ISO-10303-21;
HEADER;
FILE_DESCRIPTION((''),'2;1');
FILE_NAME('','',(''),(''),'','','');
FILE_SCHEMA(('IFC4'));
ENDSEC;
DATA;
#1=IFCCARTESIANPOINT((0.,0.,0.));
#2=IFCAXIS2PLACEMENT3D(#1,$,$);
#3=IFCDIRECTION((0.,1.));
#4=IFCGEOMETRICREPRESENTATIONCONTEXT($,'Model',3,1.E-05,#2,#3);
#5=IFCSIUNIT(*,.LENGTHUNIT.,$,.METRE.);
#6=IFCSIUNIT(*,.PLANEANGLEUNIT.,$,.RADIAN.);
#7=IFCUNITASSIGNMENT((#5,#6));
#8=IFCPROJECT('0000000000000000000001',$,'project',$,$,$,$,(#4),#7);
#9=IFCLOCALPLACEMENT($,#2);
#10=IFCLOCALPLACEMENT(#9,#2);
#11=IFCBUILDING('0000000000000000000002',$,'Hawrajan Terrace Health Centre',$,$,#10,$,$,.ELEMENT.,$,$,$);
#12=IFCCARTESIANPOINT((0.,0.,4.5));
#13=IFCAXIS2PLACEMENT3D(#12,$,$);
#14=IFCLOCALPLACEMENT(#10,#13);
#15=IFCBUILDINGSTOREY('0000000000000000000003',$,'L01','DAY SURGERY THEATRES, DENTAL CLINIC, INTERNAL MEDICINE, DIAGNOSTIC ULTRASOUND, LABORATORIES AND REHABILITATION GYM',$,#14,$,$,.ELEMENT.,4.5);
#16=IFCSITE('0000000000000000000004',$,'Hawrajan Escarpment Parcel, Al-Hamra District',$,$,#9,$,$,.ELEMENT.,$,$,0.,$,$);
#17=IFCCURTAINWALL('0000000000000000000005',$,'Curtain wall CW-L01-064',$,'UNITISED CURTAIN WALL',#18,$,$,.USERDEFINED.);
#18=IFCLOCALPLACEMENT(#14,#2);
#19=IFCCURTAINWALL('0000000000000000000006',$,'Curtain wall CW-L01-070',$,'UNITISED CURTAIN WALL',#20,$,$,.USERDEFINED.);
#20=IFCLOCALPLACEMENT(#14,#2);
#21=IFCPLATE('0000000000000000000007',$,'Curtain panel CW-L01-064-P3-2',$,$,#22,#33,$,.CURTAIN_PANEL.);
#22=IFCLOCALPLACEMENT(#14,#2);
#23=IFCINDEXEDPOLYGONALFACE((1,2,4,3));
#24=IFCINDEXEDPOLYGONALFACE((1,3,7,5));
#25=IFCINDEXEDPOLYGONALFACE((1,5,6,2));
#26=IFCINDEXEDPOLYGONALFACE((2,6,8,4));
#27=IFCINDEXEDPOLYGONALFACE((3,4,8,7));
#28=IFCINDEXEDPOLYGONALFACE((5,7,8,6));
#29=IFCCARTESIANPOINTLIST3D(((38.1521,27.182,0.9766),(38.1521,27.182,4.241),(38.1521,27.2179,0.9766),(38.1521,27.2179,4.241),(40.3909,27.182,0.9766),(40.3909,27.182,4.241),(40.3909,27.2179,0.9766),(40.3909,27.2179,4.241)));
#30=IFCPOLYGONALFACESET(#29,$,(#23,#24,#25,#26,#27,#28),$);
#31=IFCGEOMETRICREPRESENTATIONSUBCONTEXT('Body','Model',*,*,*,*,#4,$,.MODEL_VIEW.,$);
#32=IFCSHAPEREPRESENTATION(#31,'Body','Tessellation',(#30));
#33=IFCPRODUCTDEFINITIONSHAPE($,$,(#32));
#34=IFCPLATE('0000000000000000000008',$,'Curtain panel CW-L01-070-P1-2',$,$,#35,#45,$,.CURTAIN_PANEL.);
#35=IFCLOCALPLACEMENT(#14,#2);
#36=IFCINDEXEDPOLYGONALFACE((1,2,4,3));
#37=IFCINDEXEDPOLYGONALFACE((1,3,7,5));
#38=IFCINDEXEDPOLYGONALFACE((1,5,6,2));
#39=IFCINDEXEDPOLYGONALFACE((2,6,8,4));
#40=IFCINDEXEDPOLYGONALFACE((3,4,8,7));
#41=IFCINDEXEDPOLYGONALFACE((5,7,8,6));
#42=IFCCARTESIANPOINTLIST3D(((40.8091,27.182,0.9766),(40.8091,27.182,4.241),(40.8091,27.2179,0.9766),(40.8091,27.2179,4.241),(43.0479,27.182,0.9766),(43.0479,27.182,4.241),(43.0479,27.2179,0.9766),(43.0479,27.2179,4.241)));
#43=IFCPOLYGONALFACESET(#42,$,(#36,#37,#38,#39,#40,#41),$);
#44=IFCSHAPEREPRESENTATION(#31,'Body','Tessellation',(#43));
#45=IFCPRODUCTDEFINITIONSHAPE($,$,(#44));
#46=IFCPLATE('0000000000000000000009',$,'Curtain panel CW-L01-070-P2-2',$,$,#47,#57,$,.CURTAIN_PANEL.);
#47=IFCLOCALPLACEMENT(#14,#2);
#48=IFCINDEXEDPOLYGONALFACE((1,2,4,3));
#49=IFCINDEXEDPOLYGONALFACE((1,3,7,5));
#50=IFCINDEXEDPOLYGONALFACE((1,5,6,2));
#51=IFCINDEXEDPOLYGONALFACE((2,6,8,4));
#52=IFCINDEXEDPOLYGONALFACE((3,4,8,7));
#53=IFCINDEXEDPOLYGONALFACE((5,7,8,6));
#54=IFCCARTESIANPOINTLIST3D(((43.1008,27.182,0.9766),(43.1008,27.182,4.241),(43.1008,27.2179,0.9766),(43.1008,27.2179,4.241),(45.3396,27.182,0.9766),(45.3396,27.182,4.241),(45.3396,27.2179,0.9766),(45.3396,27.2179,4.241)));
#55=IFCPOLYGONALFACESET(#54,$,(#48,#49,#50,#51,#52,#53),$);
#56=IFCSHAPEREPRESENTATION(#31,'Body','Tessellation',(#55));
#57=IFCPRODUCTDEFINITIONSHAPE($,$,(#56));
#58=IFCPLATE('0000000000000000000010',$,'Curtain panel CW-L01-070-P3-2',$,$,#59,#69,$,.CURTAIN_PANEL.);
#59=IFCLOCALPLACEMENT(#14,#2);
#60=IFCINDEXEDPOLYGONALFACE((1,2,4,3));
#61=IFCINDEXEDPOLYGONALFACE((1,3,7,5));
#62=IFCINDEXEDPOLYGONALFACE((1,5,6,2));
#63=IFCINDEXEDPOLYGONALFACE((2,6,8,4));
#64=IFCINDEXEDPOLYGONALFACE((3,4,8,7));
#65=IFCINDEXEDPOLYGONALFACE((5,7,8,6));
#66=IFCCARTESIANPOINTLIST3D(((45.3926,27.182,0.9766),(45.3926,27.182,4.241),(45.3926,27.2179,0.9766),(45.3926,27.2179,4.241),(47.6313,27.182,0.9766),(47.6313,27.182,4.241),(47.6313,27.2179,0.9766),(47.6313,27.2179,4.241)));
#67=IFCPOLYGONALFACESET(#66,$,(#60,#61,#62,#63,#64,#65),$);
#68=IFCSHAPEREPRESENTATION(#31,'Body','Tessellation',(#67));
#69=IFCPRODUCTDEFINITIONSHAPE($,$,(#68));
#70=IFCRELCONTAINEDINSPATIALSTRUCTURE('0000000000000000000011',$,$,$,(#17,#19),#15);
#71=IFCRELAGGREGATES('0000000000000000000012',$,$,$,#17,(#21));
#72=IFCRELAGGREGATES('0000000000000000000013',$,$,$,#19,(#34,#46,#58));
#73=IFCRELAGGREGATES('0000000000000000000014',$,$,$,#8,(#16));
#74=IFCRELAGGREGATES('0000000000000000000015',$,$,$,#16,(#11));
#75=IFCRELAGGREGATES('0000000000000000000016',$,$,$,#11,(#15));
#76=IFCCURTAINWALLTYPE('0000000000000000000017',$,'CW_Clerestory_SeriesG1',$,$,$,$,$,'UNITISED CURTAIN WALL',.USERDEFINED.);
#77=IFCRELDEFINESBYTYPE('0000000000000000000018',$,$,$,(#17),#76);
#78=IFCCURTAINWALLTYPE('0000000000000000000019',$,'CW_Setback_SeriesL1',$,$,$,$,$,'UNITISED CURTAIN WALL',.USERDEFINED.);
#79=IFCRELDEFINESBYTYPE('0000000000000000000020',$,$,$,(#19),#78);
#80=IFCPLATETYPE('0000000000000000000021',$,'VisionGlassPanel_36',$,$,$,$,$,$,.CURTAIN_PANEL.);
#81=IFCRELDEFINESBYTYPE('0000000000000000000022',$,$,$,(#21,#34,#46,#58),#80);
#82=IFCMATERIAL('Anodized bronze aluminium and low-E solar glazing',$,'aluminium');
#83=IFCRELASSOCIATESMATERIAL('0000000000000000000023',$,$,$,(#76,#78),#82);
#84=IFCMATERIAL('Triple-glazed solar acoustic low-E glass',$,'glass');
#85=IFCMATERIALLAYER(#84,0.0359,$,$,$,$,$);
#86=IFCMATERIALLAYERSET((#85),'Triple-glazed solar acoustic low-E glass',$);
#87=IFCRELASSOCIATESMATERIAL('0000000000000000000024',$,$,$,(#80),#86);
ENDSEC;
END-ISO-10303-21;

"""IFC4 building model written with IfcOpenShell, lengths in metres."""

from ifc_helpers import new_model, si_unit, direction, frame, origin, origin_2d, place, context, subcontext, project, spatial, rectangle, extrude, material, layer, layer_set, type_object, element, aggregate, save


model = new_model("IFC4")

# Units and contexts
model_context = context("Model", 3, precision=1e-05, world=origin(), true_north=direction((0.0, 1.0)))
body_context = subcontext(model_context, "Body", "Model", "MODEL_VIEW")
ifc_project = project(units=[si_unit("LENGTHUNIT", "METRE"), si_unit("PLANEANGLEUNIT", "RADIAN")], contexts=[model_context])

# Site, building, storey
site_placement = place(None, origin())
site = spatial("IfcSite", under=ifc_project, at=site_placement, Name="Hawrajan Escarpment Parcel, Al-Hamra District", CompositionType="ELEMENT", RefElevation=0.0)
building_placement = place(site_placement, origin())
building = spatial("IfcBuilding", under=site, at=building_placement, Name="Hawrajan Terrace Health Centre", CompositionType="ELEMENT")
storey_placement = place(building_placement, frame((0.0, 0.0, 4.5)))
storey = spatial("IfcBuildingStorey", under=building, at=storey_placement, Name="L01", Description="DAY SURGERY THEATRES, DENTAL CLINIC, INTERNAL MEDICINE, DIAGNOSTIC ULTRASOUND, LABORATORIES AND REHABILITATION GYM", CompositionType="ELEMENT", Elevation=4.5)

# Curtain wall
ifc_material_1 = material(Name="Anodized bronze aluminium and low-E solar glazing", Category="aluminium")
curtain_wall_type_1 = type_object("IfcCurtainWallType", Name="CW_Clerestory_SeriesG1", ElementType="UNITISED CURTAIN WALL", PredefinedType="USERDEFINED", material=ifc_material_1)
curtain_wall_1_placement = place(storey_placement, origin())
curtain_wall_1 = element("IfcCurtainWall", 1, at=curtain_wall_1_placement, inside=storey, type_object=curtain_wall_type_1, Name="Curtain wall CW-L01-064", ObjectType="UNITISED CURTAIN WALL", PredefinedType="USERDEFINED")

# Curtain wall
curtain_wall_type_2 = type_object("IfcCurtainWallType", Name="CW_Setback_SeriesL1", ElementType="UNITISED CURTAIN WALL", PredefinedType="USERDEFINED", material=ifc_material_1)
curtain_wall_2_placement = place(storey_placement, origin())
curtain_wall_2 = element("IfcCurtainWall", 2, at=curtain_wall_2_placement, inside=storey, type_object=curtain_wall_type_2, Name="Curtain wall CW-L01-070", ObjectType="UNITISED CURTAIN WALL", PredefinedType="USERDEFINED")

# Plates
ifc_material_2 = material(Name="Triple-glazed solar acoustic low-E glass", Category="glass")
ifc_layer_1 = layer(ifc_material_2, 0.0359)
ifc_layer_set_1 = layer_set([ifc_layer_1], Name="Triple-glazed solar acoustic low-E glass")
plate_type_1 = type_object("IfcPlateType", Name="VisionGlassPanel_36", PredefinedType="CURTAIN_PANEL", material=ifc_layer_set_1)
plate_1_placement = place(storey_placement, frame((39.2715, 27.2, 0.9766), z_axis=(0.0, 0.0, 1.0), x_axis=(1.0, 0.0, 0.0)))
plate_1 = element("IfcPlate", 3, at=plate_1_placement, type_object=plate_type_1, Name="Curtain panel CW-L01-064-P3-2", PredefinedType="CURTAIN_PANEL", context=body_context, shape_type="SweptSolid", body=[
    extrude(rectangle(XDim=2.2388, YDim=0.0359, at=origin_2d()), origin(), (0.0, 0.0, 1.0), 3.2644),
])
aggregate(curtain_wall_1, [plate_1])
plate_2_placement = place(storey_placement, frame((41.9285, 27.2, 0.9766), z_axis=(0.0, 0.0, 1.0), x_axis=(1.0, 0.0, 0.0)))
plate_2 = element("IfcPlate", 4, at=plate_2_placement, type_object=plate_type_1, Name="Curtain panel CW-L01-070-P1-2", PredefinedType="CURTAIN_PANEL", context=body_context, shape_type="SweptSolid", body=[
    extrude(rectangle(XDim=2.2388, YDim=0.0359, at=origin_2d()), origin(), (0.0, 0.0, 1.0), 3.2644),
])
plate_3_placement = place(storey_placement, frame((44.2202, 27.2, 0.9766), z_axis=(0.0, 0.0, 1.0), x_axis=(1.0, 0.0, 0.0)))
plate_3 = element("IfcPlate", 5, at=plate_3_placement, type_object=plate_type_1, Name="Curtain panel CW-L01-070-P2-2", PredefinedType="CURTAIN_PANEL", context=body_context, shape_type="SweptSolid", body=[
    extrude(rectangle(XDim=2.2388, YDim=0.0359, at=origin_2d()), origin(), (0.0, 0.0, 1.0), 3.2644),
])
plate_4_placement = place(storey_placement, frame((46.512, 27.2, 0.9766), z_axis=(0.0, 0.0, 1.0), x_axis=(1.0, 0.0, 0.0)))
plate_4 = element("IfcPlate", 6, at=plate_4_placement, type_object=plate_type_1, Name="Curtain panel CW-L01-070-P3-2", PredefinedType="CURTAIN_PANEL", context=body_context, shape_type="SweptSolid", body=[
    extrude(rectangle(XDim=2.2388, YDim=0.0359, at=origin_2d()), origin(), (0.0, 0.0, 1.0), 3.2644),
])
aggregate(curtain_wall_2, [plate_2, plate_3, plate_4])

save(model, "model.ifc")
